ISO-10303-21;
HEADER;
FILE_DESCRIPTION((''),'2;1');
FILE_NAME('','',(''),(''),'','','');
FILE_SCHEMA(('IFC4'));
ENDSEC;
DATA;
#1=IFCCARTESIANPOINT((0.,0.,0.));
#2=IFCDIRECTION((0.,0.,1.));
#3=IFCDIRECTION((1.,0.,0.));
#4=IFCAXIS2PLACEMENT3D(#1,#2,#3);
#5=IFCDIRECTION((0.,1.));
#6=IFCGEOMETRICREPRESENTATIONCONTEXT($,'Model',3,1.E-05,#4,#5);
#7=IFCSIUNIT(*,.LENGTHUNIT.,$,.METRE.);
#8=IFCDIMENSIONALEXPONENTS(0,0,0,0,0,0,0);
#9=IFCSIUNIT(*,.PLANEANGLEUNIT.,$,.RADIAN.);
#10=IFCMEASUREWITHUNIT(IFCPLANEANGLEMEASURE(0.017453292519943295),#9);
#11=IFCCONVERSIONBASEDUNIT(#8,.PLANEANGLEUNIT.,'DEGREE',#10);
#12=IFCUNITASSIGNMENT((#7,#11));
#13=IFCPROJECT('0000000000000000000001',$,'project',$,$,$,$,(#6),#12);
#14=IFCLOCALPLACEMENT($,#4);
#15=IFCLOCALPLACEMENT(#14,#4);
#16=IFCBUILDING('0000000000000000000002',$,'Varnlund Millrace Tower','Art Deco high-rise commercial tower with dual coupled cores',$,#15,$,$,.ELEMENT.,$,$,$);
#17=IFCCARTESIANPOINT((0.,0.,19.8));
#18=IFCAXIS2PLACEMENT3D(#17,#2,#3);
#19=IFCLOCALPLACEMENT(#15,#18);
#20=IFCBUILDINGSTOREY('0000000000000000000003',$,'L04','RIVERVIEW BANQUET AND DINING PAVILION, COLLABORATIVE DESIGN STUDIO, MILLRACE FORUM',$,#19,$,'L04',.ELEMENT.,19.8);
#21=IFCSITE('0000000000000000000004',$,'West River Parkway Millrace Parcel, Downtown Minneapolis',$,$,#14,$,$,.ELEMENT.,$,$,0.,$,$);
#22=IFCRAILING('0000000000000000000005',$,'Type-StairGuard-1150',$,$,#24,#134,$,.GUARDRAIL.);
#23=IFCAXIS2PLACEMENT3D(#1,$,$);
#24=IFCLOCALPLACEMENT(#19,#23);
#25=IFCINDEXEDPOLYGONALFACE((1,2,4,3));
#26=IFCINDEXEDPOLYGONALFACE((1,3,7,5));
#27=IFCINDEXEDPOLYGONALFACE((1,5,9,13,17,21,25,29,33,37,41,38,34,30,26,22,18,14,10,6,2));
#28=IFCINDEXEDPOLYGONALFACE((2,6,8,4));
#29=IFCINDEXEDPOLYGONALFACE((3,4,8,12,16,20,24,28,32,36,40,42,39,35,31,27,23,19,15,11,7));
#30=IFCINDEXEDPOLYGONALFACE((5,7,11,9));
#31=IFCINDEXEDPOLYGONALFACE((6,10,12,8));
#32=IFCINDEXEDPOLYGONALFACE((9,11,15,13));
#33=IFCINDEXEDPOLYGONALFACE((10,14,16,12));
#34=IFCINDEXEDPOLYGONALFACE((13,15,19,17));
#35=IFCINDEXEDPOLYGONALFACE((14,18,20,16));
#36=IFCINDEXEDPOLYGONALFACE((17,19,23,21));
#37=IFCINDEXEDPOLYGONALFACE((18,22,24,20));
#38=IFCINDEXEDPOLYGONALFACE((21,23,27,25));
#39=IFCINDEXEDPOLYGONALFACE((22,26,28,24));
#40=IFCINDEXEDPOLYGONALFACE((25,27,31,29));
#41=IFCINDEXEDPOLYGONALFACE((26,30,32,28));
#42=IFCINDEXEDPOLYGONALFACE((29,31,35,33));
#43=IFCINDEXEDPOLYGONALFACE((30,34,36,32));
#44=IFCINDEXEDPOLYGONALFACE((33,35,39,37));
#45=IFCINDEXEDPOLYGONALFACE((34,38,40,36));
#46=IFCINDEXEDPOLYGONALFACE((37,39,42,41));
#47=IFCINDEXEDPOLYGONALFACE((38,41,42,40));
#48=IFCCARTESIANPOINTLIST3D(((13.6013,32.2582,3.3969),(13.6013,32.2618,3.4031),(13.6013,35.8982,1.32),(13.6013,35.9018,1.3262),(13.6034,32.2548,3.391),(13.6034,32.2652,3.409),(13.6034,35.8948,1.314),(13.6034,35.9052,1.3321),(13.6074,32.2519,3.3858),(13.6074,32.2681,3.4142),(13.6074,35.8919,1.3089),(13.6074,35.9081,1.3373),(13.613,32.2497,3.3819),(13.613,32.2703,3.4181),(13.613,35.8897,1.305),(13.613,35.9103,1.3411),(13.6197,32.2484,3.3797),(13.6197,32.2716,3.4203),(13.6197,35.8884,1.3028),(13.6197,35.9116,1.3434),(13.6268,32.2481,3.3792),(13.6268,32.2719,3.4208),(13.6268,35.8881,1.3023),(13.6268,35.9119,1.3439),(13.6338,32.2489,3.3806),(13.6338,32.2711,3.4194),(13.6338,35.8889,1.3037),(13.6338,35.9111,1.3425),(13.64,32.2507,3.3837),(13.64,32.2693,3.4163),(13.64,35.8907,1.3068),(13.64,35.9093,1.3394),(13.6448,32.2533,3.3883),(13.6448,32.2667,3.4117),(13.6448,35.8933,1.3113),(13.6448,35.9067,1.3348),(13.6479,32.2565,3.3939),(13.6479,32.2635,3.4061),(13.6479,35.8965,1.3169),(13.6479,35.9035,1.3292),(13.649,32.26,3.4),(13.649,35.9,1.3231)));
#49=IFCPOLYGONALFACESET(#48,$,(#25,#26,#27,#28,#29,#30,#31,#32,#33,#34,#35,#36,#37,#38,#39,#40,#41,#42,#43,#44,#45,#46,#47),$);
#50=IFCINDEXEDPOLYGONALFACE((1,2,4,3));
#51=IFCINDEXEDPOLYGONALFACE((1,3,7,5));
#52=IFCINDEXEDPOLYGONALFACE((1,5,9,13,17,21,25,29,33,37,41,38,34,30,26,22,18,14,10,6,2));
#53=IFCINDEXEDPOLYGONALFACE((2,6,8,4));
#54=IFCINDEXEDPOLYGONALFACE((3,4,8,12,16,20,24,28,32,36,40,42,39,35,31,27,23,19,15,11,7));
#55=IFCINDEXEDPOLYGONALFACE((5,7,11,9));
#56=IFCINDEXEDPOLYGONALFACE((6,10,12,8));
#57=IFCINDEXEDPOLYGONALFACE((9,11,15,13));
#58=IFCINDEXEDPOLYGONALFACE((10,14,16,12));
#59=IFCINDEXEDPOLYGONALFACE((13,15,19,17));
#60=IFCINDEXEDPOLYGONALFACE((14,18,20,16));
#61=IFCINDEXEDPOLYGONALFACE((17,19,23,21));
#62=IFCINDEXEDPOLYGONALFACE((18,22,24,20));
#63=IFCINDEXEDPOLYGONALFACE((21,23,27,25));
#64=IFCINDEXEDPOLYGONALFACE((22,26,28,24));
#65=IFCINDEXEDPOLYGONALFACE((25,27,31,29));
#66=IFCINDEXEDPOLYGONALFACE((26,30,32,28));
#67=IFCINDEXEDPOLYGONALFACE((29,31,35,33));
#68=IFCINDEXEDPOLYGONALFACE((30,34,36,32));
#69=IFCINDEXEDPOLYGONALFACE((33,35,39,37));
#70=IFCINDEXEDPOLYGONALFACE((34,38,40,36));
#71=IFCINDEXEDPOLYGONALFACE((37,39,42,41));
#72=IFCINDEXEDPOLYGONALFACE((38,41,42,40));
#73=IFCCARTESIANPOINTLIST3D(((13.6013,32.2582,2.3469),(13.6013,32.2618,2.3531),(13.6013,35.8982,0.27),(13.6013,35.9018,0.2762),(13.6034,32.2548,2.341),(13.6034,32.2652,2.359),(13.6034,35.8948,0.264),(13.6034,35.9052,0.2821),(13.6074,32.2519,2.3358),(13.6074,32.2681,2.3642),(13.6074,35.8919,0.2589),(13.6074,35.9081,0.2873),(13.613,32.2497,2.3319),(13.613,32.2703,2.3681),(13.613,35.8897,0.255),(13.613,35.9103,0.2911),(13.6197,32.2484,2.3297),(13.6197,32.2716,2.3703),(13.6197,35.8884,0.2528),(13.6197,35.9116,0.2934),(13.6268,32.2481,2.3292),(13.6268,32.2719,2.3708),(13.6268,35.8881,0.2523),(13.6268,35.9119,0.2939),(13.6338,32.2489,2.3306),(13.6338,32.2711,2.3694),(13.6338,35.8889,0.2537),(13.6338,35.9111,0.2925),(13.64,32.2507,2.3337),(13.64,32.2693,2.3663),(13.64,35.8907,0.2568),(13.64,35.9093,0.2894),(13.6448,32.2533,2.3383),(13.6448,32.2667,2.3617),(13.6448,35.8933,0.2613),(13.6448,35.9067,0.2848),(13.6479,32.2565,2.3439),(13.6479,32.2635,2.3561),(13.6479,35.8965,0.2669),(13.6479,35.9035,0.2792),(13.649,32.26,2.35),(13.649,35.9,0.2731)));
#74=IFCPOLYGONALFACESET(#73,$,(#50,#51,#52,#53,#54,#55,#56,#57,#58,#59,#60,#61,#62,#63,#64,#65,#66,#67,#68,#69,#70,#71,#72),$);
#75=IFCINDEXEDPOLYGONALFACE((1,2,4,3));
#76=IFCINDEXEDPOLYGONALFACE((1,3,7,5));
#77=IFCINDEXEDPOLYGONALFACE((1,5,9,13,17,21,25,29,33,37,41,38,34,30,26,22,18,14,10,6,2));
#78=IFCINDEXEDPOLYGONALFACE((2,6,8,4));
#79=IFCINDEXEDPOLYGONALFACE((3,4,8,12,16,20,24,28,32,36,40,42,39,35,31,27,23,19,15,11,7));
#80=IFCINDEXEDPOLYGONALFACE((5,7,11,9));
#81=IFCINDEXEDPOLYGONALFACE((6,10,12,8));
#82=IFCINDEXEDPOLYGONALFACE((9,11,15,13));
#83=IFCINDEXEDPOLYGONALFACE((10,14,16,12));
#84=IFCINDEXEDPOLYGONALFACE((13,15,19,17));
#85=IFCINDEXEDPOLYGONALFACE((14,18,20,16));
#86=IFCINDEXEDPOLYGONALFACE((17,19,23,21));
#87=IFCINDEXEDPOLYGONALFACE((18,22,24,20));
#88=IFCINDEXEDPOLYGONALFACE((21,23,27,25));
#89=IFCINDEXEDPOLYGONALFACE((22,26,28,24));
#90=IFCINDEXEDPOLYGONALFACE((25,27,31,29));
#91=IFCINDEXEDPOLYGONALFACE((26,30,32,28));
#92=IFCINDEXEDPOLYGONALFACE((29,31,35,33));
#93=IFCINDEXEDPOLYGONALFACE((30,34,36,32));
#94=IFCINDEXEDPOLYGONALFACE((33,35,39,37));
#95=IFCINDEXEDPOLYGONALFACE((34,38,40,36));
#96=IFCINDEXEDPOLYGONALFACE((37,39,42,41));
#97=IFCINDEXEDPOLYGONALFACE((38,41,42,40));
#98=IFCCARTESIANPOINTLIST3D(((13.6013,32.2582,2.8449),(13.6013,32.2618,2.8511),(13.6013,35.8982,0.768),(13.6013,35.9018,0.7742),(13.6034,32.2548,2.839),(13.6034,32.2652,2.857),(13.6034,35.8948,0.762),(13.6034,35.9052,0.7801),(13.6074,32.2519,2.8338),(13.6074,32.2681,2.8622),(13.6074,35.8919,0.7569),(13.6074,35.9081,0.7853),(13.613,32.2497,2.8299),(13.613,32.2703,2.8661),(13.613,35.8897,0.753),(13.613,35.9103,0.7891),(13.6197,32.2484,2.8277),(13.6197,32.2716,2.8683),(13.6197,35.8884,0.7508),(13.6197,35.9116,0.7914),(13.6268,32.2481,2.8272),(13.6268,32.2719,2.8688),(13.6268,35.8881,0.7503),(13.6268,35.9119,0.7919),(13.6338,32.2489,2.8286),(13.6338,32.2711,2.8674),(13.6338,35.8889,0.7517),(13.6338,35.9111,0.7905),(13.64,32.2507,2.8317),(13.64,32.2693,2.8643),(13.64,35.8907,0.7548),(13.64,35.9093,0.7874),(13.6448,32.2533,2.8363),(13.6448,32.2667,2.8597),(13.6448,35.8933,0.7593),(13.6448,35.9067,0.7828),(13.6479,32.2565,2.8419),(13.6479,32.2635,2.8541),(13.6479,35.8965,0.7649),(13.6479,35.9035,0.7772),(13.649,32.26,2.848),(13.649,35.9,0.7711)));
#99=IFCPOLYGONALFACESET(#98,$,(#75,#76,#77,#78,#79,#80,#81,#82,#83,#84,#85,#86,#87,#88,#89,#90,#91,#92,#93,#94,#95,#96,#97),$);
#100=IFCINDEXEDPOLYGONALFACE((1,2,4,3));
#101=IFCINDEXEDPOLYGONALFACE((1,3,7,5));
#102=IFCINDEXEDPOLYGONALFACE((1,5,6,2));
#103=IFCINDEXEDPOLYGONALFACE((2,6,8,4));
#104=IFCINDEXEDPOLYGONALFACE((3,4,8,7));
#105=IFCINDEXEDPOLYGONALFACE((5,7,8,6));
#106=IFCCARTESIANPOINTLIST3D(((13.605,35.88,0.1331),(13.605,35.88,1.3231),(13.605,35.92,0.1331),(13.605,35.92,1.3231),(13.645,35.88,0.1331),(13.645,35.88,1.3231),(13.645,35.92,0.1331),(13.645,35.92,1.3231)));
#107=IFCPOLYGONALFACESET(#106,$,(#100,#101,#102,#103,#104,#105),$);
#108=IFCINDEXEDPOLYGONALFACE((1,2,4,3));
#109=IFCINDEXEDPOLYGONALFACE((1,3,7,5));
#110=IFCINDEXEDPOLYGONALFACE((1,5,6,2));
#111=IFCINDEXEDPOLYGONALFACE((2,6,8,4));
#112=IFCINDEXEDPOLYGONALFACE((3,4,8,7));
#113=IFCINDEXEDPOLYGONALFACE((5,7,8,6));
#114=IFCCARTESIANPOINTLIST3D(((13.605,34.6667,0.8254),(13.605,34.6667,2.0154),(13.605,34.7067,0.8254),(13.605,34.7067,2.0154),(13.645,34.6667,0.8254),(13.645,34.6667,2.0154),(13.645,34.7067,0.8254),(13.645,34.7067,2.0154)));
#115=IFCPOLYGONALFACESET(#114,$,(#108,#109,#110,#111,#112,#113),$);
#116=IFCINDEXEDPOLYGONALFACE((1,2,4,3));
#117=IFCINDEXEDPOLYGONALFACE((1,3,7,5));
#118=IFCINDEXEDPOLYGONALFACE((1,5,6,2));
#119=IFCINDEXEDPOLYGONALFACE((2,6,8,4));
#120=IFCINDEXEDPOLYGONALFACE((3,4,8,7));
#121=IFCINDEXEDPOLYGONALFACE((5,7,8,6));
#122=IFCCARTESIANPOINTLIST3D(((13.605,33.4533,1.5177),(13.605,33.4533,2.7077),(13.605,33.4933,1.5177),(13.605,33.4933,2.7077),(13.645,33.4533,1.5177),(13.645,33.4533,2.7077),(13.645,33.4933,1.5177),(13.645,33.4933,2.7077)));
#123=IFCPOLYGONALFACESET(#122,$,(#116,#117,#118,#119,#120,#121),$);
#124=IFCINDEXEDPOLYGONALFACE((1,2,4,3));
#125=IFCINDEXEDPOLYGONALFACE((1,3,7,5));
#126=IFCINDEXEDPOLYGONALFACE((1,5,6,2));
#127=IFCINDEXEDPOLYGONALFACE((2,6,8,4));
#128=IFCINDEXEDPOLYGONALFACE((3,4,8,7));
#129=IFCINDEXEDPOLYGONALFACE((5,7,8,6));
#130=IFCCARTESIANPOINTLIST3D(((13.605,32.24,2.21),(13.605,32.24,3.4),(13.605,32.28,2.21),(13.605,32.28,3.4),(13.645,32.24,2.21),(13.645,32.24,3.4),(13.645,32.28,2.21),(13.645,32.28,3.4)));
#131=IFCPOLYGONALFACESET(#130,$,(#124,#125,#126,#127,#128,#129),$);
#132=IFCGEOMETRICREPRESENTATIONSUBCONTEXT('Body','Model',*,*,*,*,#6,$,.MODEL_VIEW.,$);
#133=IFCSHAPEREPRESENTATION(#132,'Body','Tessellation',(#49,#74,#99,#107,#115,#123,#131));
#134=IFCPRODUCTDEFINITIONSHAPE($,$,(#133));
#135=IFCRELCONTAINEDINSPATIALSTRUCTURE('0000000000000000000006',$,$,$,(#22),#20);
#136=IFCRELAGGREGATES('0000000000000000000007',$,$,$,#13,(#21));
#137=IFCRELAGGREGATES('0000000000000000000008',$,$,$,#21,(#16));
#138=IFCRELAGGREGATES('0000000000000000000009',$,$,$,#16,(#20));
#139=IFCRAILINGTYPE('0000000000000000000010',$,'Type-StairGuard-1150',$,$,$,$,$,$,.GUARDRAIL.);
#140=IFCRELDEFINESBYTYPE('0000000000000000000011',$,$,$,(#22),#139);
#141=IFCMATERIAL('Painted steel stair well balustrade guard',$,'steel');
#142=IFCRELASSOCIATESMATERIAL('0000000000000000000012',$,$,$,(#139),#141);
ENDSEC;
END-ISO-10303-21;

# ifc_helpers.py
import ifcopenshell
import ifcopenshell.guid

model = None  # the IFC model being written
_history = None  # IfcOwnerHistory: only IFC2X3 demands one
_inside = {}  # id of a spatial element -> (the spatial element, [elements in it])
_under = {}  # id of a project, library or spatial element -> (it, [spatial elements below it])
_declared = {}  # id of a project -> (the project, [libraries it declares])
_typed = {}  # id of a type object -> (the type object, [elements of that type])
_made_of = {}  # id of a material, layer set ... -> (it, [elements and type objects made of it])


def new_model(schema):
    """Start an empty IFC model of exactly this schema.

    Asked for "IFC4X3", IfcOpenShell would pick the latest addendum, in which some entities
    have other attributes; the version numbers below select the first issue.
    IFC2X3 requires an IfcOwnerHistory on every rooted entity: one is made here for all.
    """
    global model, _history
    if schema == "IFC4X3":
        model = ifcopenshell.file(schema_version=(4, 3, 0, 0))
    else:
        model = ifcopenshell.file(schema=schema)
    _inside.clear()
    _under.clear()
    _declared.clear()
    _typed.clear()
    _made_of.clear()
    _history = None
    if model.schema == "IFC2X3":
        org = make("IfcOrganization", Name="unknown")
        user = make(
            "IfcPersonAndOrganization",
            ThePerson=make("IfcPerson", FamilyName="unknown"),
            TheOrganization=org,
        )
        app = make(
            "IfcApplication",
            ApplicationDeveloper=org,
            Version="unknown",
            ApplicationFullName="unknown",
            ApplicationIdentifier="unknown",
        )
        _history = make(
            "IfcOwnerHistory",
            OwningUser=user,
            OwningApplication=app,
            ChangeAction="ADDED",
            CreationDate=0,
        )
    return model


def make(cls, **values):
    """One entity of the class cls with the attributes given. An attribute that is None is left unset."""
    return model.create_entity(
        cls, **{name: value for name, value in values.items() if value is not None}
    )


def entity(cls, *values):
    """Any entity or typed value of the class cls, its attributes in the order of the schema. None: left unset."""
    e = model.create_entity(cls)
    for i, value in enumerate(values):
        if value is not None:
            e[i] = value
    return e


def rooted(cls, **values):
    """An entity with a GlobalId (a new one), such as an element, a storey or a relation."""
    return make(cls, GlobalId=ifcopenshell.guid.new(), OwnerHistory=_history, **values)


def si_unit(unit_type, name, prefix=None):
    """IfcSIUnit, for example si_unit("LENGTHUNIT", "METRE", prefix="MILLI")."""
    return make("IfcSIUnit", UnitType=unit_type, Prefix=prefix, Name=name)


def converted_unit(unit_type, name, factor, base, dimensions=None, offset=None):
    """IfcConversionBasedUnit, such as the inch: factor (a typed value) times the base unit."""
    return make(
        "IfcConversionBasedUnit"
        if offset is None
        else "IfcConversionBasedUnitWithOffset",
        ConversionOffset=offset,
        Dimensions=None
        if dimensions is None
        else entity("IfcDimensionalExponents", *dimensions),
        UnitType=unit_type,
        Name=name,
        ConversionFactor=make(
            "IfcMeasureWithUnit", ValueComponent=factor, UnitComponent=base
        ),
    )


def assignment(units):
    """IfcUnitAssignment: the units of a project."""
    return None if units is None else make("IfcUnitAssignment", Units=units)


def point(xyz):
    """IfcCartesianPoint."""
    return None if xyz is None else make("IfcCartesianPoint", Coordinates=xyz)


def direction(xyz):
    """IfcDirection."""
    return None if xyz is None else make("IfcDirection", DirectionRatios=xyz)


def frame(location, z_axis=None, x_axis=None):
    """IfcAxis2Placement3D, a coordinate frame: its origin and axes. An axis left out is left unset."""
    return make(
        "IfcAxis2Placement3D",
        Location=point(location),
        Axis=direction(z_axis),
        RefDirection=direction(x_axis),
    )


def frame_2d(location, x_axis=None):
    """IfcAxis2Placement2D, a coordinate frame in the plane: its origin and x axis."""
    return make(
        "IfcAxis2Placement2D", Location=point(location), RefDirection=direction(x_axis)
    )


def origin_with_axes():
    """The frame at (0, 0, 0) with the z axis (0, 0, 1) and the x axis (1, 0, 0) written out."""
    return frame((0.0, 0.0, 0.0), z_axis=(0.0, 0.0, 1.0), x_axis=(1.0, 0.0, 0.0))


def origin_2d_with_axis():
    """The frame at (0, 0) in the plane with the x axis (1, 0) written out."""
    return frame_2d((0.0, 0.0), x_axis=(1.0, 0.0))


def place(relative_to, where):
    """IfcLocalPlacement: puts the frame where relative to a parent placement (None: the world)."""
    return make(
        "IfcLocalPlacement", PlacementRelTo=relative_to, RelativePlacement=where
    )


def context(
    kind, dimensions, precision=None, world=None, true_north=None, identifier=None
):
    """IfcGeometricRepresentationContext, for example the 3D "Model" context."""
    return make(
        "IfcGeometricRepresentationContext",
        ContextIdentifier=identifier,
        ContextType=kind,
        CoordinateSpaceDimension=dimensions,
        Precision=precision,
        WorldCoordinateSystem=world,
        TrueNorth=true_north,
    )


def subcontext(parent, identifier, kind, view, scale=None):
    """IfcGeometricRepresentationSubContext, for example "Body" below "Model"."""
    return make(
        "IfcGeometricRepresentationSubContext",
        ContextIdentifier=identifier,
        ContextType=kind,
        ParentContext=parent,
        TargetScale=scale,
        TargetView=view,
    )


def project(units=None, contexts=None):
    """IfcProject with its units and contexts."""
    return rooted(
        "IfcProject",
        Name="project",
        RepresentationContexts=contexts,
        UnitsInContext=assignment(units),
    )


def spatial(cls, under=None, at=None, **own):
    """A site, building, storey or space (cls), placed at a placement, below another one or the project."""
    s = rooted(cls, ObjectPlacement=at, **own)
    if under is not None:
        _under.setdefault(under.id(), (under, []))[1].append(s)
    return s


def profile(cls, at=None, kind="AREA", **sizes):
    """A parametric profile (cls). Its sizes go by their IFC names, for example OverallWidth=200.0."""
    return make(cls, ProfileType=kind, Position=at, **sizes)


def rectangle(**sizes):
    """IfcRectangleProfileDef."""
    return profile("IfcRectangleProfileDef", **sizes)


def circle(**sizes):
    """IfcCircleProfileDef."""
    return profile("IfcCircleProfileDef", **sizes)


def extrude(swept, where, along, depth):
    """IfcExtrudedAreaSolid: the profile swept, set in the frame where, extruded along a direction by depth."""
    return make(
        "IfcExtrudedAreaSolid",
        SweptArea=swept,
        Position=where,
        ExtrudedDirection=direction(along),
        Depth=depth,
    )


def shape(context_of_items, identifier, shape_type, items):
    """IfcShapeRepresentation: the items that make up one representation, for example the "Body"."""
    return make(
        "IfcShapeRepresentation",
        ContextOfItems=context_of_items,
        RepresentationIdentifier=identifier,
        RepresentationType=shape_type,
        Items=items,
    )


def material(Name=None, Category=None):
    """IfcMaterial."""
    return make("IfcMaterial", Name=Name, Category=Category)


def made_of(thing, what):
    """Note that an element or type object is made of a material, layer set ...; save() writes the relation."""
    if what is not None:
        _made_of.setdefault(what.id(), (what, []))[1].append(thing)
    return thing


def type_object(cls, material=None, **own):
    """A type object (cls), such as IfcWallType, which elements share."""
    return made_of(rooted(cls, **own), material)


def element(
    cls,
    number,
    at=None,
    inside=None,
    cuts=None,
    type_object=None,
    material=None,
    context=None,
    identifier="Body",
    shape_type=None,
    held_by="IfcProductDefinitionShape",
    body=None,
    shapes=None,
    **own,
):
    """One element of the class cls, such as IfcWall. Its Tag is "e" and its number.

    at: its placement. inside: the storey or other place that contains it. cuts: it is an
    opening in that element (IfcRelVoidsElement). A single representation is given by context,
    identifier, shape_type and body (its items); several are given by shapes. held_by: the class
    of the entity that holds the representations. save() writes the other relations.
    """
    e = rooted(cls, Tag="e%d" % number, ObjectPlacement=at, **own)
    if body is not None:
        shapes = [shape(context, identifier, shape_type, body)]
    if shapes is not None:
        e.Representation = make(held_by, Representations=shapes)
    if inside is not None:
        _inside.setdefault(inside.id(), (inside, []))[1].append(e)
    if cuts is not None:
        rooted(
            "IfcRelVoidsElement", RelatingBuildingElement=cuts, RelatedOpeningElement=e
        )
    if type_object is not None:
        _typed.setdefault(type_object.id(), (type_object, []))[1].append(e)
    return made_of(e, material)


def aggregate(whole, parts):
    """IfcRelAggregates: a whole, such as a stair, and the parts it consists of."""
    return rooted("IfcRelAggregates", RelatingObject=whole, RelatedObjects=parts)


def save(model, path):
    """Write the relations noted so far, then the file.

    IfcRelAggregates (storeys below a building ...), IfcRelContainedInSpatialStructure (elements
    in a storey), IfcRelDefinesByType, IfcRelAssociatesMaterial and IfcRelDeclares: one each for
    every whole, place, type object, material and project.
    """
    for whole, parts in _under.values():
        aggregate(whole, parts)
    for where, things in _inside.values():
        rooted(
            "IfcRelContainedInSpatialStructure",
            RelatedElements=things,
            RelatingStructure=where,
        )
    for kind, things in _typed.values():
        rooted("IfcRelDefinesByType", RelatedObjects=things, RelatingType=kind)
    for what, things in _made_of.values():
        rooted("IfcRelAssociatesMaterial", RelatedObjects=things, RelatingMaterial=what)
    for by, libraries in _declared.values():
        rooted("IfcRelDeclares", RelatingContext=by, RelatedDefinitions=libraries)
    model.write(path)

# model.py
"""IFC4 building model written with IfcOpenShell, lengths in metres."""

from ifc_helpers import new_model, entity, si_unit, converted_unit, direction, frame, origin_with_axes, origin_2d_with_axis, place, context, subcontext, project, spatial, rectangle, circle, extrude, material, type_object, element, save


model = new_model("IFC4")

# Units and contexts
model_context = context("Model", 3, precision=1e-05, world=origin_with_axes(), true_north=direction((0.0, 1.0)))
body_context = subcontext(model_context, "Body", "Model", "MODEL_VIEW")
ifc_project = project(units=[si_unit("LENGTHUNIT", "METRE"), converted_unit("PLANEANGLEUNIT", "DEGREE", entity("IfcPlaneAngleMeasure", 0.017453292519943295), si_unit("PLANEANGLEUNIT", "RADIAN"), dimensions=[0, 0, 0, 0, 0, 0, 0])], contexts=[model_context])

# Site, building, storey
site_placement = place(None, origin_with_axes())
site = spatial("IfcSite", under=ifc_project, at=site_placement, Name="West River Parkway Millrace Parcel, Downtown Minneapolis", CompositionType="ELEMENT", RefElevation=0.0)
building_placement = place(site_placement, origin_with_axes())
building = spatial("IfcBuilding", under=site, at=building_placement, Name="Varnlund Millrace Tower", Description="Art Deco high-rise commercial tower with dual coupled cores", CompositionType="ELEMENT")
storey_placement = place(building_placement, frame((0.0, 0.0, 19.8), z_axis=(0.0, 0.0, 1.0), x_axis=(1.0, 0.0, 0.0)))
storey = spatial("IfcBuildingStorey", under=building, at=storey_placement, Name="L04", Description="RIVERVIEW BANQUET AND DINING PAVILION, COLLABORATIVE DESIGN STUDIO, MILLRACE FORUM", LongName="L04", CompositionType="ELEMENT", Elevation=19.8)

# Railing
ifc_material_1 = material(Name="Painted steel stair well balustrade guard", Category="steel")
railing_type_1 = type_object("IfcRailingType", Name="Type-StairGuard-1150", PredefinedType="GUARDRAIL", material=ifc_material_1)
railing_1_placement = place(storey_placement, frame((0.0, 0.0, -19.8), z_axis=(0.0, 0.0, 1.0), x_axis=(1.0, 0.0, 0.0)))
element("IfcRailing", 1, at=railing_1_placement, inside=storey, type_object=railing_type_1, Name="Type-StairGuard-1150", PredefinedType="GUARDRAIL", context=body_context, shape_type="SweptSolid", body=[
    extrude(circle(Radius=0.024, at=origin_2d_with_axis()), frame((13.625, 35.9, 21.1231), z_axis=(0.0, -0.868559, 0.495585), x_axis=(1.0, 0.0, 0.0)), (0.0, 0.0, 1.0), 4.1908),
    extrude(circle(Radius=0.024, at=origin_2d_with_axis()), frame((13.625, 35.9, 20.0731), z_axis=(0.0, -0.868559, 0.495585), x_axis=(1.0, 0.0, 0.0)), (0.0, 0.0, 1.0), 4.1908),
    extrude(circle(Radius=0.024, at=origin_2d_with_axis()), frame((13.625, 35.9, 20.5711), z_axis=(0.0, -0.868559, 0.495585), x_axis=(1.0, 0.0, 0.0)), (0.0, 0.0, 1.0), 4.1908),
    extrude(rectangle(XDim=0.04, YDim=0.04, at=origin_2d_with_axis()), frame((13.625, 35.9, 19.9331), z_axis=(0.0, 0.0, 1.0), x_axis=(1.0, 0.0, 0.0)), (0.0, 0.0, 1.0), 1.19),
    extrude(rectangle(XDim=0.04, YDim=0.04, at=origin_2d_with_axis()), frame((13.625, 34.6867, 20.6254), z_axis=(0.0, 0.0, 1.0), x_axis=(1.0, 0.0, 0.0)), (0.0, 0.0, 1.0), 1.19),
    extrude(rectangle(XDim=0.04, YDim=0.04, at=origin_2d_with_axis()), frame((13.625, 33.4733, 21.3177), z_axis=(0.0, 0.0, 1.0), x_axis=(1.0, 0.0, 0.0)), (0.0, 0.0, 1.0), 1.19),
    extrude(rectangle(XDim=0.04, YDim=0.04, at=origin_2d_with_axis()), frame((13.625, 32.26, 22.01), z_axis=(0.0, 0.0, 1.0), x_axis=(1.0, 0.0, 0.0)), (0.0, 0.0, 1.0), 1.19),
])

save(model, "model.ifc")
